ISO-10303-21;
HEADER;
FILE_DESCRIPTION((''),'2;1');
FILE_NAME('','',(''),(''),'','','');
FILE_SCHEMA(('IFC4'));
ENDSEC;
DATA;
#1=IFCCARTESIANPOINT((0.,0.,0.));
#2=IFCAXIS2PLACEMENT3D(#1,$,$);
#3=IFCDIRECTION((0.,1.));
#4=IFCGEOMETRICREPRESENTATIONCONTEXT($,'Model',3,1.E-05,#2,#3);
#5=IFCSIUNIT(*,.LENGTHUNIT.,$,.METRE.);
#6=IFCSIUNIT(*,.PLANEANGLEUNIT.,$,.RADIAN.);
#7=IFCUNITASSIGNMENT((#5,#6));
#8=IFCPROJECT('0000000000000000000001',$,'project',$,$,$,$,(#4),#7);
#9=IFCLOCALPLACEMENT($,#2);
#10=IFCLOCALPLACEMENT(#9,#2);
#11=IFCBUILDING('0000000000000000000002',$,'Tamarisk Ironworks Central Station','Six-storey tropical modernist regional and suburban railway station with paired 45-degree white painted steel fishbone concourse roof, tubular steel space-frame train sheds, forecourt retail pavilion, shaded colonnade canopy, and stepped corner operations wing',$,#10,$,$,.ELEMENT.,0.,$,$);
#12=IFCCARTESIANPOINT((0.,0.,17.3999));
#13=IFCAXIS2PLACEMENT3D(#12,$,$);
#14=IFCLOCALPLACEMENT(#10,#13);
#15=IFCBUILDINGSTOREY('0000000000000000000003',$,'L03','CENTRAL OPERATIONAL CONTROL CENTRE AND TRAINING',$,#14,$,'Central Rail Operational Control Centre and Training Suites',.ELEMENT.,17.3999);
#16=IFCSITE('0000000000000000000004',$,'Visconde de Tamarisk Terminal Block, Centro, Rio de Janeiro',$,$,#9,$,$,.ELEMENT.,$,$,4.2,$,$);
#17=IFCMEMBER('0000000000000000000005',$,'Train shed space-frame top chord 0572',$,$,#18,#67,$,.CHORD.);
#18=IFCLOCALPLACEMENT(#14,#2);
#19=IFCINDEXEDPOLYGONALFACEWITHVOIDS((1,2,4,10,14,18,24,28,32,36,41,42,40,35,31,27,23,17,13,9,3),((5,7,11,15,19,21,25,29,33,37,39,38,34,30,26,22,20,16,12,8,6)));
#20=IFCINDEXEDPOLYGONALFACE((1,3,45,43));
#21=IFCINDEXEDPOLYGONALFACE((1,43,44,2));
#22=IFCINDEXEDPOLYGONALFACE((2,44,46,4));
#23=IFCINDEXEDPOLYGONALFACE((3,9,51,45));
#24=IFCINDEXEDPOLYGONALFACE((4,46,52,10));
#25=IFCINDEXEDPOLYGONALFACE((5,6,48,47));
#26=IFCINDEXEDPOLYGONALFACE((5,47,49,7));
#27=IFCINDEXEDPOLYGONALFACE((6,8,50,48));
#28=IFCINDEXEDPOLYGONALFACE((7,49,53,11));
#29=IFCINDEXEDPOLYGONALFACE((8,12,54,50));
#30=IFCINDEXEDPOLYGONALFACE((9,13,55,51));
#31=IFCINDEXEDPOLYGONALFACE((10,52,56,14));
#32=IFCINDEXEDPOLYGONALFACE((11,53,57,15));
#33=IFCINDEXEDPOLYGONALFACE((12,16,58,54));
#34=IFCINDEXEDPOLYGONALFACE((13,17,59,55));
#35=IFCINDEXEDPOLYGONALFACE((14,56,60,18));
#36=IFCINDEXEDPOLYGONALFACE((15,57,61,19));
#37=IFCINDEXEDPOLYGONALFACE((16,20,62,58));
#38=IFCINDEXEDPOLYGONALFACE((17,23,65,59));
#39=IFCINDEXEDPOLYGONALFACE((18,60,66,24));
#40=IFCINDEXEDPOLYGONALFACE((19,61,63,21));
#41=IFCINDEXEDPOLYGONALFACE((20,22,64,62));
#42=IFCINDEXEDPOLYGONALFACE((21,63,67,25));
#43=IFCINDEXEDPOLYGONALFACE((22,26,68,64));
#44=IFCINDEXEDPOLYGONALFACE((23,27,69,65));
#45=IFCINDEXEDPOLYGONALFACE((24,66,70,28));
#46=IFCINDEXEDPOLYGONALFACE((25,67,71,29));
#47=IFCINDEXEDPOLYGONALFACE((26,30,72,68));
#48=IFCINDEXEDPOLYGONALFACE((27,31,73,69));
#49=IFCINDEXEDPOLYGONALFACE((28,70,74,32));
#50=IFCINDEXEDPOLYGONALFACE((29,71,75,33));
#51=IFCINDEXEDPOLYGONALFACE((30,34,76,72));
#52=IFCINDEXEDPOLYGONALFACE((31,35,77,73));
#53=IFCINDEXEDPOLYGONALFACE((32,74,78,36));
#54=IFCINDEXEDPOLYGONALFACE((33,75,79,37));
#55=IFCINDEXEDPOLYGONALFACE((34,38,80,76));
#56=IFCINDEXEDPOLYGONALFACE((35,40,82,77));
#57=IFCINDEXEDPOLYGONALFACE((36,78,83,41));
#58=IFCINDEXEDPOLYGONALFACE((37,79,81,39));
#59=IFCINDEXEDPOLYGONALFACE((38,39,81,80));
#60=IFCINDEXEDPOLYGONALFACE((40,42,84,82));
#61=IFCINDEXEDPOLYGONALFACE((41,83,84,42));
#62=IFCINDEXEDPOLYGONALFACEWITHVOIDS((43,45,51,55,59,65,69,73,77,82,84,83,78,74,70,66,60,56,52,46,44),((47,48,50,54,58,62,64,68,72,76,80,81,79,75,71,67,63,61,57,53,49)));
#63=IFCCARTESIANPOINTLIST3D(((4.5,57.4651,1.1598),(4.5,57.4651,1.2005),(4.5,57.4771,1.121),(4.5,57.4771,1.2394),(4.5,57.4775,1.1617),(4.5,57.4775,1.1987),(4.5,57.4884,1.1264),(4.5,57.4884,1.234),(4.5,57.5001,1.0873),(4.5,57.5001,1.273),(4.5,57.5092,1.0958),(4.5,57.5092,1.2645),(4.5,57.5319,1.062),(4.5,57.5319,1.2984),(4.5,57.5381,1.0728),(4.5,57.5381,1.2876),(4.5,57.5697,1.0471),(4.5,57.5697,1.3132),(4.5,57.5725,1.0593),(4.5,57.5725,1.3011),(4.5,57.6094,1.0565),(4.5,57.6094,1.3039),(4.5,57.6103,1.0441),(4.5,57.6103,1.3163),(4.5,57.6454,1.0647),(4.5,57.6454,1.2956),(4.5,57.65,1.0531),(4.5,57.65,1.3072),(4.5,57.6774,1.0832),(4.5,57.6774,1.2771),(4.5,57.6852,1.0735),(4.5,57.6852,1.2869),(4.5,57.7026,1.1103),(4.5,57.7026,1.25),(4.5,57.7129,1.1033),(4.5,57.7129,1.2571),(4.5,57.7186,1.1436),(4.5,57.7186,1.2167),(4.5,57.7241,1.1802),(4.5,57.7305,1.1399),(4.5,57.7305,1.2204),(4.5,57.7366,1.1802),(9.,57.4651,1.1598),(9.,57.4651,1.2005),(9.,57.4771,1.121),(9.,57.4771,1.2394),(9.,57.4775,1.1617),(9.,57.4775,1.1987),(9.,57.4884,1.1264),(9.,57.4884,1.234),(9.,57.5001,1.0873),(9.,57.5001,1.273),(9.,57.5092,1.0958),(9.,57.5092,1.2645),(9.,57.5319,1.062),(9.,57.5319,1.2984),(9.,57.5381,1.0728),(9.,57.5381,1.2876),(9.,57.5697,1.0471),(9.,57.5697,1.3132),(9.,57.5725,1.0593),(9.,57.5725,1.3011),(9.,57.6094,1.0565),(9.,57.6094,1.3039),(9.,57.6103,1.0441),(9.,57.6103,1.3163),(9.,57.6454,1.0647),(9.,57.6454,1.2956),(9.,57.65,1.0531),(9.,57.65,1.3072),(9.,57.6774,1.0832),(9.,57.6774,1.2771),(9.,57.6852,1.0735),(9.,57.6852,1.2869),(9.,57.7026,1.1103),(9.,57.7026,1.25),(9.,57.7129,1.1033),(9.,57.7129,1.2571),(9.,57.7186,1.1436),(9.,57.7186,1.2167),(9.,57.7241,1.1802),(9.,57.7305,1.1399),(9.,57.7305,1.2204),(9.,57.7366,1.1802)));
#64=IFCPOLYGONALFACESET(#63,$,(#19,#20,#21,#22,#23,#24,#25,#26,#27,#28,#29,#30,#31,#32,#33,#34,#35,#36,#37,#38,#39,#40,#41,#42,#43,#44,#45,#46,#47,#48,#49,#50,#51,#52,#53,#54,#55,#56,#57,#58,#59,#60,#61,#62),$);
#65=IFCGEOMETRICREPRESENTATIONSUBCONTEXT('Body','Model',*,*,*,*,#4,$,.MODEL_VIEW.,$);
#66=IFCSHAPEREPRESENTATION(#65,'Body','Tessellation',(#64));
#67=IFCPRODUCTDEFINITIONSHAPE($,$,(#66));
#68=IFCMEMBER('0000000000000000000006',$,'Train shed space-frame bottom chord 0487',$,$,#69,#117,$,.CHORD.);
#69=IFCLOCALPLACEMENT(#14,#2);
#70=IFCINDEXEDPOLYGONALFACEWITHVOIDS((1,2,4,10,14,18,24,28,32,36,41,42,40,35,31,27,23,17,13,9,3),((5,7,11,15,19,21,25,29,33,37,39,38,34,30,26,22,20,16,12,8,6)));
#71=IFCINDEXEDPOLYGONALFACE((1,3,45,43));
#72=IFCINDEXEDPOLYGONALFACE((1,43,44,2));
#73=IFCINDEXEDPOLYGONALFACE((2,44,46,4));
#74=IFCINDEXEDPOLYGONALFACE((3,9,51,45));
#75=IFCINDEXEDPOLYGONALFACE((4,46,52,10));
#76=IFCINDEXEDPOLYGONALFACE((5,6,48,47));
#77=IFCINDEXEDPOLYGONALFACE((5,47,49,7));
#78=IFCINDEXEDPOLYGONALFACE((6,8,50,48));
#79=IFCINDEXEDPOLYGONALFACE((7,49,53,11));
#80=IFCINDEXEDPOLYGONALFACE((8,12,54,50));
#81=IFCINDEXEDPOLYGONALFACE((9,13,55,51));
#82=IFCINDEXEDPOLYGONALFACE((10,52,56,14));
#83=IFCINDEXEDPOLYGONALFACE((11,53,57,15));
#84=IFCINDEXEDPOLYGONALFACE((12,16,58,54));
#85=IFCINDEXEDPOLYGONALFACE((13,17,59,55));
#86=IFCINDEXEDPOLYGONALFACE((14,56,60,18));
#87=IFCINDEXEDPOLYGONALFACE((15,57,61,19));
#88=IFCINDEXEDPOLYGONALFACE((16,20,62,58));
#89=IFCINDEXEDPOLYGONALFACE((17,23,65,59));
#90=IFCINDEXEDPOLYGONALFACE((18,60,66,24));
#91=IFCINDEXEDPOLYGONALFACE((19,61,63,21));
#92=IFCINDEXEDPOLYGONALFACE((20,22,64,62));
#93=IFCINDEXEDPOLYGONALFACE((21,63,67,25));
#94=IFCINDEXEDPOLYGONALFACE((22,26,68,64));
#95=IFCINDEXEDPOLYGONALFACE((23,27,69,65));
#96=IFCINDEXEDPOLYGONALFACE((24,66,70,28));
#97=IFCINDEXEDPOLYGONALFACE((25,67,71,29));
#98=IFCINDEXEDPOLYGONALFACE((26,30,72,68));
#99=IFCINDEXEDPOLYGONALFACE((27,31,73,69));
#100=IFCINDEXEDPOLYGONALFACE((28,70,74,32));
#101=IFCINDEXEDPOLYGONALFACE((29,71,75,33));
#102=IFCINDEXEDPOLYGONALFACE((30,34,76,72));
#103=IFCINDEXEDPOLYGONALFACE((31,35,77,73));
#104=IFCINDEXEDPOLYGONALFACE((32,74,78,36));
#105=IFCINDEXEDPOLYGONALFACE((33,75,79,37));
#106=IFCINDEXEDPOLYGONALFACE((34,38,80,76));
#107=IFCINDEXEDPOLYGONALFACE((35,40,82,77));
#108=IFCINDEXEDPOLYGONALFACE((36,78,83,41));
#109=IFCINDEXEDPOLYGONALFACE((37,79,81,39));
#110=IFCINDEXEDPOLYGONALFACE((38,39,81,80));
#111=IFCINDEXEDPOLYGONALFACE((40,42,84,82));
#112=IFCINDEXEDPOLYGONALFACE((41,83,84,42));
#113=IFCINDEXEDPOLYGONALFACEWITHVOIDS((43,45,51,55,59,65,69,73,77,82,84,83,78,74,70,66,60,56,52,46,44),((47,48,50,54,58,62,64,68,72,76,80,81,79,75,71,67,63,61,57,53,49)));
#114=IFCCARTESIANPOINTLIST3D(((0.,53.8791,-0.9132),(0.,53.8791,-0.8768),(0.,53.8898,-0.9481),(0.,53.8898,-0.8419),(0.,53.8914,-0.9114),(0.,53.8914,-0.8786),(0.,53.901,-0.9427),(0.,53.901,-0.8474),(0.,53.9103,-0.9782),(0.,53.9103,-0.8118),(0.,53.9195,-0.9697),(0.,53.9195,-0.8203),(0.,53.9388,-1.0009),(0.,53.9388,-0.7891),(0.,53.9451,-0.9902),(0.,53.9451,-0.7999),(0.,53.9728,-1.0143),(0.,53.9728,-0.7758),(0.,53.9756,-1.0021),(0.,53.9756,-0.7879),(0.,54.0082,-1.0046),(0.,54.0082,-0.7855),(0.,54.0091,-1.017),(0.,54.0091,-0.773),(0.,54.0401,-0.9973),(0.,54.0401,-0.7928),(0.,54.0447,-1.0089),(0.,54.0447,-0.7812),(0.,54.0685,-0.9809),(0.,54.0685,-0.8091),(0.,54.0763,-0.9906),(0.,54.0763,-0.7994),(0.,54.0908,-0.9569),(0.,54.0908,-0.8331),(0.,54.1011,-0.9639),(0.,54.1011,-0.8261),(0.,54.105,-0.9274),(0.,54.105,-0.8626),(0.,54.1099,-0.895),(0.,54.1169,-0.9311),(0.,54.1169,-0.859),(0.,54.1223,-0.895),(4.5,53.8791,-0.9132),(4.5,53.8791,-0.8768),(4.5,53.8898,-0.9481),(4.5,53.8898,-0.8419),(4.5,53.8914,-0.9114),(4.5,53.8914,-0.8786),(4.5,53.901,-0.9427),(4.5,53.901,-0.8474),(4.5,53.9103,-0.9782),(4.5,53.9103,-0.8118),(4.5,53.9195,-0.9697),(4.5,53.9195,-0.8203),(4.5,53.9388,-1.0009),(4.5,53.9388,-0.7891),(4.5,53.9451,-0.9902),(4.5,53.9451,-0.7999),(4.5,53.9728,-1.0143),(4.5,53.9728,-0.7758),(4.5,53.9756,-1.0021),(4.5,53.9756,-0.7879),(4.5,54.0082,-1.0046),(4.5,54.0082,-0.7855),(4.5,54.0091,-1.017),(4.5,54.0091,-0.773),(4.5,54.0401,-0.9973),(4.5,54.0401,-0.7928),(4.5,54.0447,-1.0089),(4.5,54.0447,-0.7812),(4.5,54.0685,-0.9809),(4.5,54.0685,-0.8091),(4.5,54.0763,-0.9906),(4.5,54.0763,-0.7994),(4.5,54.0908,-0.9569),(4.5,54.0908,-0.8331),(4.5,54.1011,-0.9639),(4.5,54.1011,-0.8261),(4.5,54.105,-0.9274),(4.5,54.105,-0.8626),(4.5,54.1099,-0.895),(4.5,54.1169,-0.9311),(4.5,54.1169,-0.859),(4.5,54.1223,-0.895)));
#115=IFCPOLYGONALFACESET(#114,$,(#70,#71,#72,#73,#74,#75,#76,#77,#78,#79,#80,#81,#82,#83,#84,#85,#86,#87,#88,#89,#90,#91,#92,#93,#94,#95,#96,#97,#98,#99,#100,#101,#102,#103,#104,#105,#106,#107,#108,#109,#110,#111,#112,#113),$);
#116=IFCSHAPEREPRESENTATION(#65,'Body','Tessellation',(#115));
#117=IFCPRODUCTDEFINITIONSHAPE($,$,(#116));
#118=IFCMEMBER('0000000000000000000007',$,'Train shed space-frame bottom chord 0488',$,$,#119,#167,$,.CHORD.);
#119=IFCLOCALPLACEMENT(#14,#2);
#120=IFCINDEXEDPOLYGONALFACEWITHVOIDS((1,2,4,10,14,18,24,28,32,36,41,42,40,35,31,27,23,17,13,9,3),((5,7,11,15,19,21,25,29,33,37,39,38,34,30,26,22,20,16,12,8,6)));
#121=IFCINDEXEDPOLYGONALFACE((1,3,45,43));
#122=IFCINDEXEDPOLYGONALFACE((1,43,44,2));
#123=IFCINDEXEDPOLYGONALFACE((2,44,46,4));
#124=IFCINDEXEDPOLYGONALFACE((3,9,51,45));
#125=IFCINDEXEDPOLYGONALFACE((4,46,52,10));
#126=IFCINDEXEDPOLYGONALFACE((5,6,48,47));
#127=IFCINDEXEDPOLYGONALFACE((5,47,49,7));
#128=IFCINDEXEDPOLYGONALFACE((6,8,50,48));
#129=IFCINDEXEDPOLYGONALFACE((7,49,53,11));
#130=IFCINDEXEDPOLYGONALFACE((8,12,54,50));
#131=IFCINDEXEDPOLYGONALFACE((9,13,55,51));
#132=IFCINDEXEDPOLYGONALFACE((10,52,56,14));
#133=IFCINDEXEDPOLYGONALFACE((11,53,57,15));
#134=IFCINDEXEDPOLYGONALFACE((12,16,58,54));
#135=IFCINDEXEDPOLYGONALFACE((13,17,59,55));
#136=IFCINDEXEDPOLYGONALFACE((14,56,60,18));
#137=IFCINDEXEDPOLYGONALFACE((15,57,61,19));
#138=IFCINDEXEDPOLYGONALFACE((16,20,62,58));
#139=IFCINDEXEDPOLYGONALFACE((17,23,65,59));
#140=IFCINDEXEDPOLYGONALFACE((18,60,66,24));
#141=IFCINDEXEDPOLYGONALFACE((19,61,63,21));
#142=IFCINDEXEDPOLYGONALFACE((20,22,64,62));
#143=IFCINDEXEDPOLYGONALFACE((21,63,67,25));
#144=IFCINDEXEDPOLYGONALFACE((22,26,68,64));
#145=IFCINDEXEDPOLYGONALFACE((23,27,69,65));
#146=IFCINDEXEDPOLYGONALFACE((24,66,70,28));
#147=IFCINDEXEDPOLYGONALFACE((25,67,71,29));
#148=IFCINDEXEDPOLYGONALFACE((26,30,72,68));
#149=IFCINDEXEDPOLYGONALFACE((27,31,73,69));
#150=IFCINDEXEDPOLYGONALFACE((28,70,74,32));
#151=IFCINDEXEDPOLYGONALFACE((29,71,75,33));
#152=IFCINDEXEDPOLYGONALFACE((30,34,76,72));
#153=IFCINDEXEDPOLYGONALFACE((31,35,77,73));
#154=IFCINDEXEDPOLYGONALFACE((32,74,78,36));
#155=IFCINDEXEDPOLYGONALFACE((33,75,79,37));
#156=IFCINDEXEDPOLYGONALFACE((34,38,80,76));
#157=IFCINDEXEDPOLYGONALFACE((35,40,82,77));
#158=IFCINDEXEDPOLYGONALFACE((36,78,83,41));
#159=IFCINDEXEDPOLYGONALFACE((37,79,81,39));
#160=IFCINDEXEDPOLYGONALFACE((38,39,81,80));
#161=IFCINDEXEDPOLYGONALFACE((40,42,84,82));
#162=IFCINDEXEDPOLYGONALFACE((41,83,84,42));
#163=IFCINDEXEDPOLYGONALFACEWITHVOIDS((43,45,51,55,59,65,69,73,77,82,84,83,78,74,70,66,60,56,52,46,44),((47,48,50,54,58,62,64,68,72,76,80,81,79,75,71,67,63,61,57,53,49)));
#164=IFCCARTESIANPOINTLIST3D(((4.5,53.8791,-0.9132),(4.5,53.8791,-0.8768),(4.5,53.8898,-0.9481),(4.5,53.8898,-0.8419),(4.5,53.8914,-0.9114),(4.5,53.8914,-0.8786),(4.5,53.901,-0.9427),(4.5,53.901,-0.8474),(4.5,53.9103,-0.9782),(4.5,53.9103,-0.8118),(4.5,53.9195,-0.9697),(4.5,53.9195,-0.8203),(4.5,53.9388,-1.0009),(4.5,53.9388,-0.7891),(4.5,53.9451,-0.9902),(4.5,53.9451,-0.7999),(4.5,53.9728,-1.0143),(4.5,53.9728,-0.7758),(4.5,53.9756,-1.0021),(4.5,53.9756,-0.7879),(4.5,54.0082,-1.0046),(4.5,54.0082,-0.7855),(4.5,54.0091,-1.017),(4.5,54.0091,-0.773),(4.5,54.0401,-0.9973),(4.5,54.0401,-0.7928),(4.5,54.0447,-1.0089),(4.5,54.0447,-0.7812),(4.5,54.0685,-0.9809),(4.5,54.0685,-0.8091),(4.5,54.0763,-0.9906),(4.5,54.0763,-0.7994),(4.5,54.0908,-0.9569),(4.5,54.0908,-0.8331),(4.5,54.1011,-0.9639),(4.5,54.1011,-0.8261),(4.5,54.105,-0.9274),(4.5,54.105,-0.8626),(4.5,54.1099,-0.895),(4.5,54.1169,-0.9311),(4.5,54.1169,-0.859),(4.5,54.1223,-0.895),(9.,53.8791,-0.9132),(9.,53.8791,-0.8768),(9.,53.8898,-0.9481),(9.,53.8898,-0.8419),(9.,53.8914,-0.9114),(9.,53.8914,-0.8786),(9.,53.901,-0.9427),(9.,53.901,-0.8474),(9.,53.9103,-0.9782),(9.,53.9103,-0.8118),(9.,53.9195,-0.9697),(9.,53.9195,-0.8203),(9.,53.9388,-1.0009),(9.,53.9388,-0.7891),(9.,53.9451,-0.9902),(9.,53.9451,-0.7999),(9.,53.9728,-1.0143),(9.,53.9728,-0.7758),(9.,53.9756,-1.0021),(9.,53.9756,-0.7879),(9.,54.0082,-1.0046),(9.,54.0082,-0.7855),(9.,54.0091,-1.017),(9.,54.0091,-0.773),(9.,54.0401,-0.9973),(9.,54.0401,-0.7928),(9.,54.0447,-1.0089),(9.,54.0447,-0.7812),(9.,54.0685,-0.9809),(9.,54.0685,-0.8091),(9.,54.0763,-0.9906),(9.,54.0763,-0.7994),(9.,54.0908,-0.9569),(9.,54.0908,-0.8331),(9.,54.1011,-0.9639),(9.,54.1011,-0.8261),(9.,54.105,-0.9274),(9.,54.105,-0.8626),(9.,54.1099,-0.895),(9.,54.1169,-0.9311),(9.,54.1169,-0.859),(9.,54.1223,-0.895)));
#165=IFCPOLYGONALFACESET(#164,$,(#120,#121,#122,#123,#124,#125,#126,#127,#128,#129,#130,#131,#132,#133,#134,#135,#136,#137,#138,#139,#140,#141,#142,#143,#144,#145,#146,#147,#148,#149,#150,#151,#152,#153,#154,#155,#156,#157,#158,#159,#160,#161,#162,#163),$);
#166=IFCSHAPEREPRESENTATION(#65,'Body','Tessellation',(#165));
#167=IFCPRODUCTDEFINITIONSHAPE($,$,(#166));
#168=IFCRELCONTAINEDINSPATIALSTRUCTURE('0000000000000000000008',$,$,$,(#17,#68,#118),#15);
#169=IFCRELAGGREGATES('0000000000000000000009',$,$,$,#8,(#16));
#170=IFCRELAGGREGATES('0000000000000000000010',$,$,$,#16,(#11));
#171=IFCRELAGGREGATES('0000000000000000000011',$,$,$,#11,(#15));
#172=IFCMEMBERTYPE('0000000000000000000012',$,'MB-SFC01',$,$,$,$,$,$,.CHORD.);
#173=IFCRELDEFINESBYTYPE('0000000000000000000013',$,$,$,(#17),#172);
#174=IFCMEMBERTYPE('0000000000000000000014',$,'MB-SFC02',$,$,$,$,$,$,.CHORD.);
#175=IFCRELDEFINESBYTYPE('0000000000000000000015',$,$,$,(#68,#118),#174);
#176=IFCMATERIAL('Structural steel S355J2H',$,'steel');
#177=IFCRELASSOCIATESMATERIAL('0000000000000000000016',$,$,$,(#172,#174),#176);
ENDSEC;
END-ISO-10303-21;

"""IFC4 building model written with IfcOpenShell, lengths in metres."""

from ifc_helpers import new_model, si_unit, direction, frame, origin, origin_2d, place, context, subcontext, project, spatial, hollow_circle, extrude, material, material_profile, profile_set, type_object, element, save


model = new_model("IFC4")

# Units and contexts
model_context = context("Model", 3, precision=1e-05, world=origin(), true_north=direction((0.0, 1.0)))
body_context = subcontext(model_context, "Body", "Model", "MODEL_VIEW")
ifc_project = project(units=[si_unit("LENGTHUNIT", "METRE"), si_unit("PLANEANGLEUNIT", "RADIAN")], contexts=[model_context])

# Site, building, storey
site_placement = place(None, origin())
site = spatial("IfcSite", under=ifc_project, at=site_placement, Name="Visconde de Tamarisk Terminal Block, Centro, Rio de Janeiro", CompositionType="ELEMENT", RefElevation=4.2)
building_placement = place(site_placement, origin())
building = spatial("IfcBuilding", under=site, at=building_placement, Name="Tamarisk Ironworks Central Station", Description="Six-storey tropical modernist regional and suburban railway station with paired 45-degree white painted steel fishbone concourse roof, tubular steel space-frame train sheds, forecourt retail pavilion, shaded colonnade canopy, and stepped corner operations wing", CompositionType="ELEMENT", ElevationOfRefHeight=0.0)
storey_placement = place(building_placement, frame((0.0, 0.0, 17.3999)))
storey = spatial("IfcBuildingStorey", under=building, at=storey_placement, Name="L03", Description="CENTRAL OPERATIONAL CONTROL CENTRE AND TRAINING", LongName="Central Rail Operational Control Centre and Training Suites", CompositionType="ELEMENT", Elevation=17.3999)

# Members
ifc_material_1 = material(Name="Structural steel S355J2H", Category="steel")
ifc_material_profile_1 = material_profile(ifc_material_1, hollow_circle(Radius=0.1365, WallThickness=0.0125, at=origin_2d()), Name="CHS 273x12.5")
ifc_profile_set_1 = profile_set([ifc_material_profile_1], Name="Structural steel S355J2H")
member_type_1 = type_object("IfcMemberType", Name="MB-SFC01", PredefinedType="CHORD", material=ifc_profile_set_1)
for number, where, z_axis, x_axis, name in (
    (1, (4.5, 57.6001, 1.1802), (1.0, 0.0, 0.0), (0.0, 1.0, 0.0), "Train shed space-frame top chord 0572"),
):
    element("IfcMember", number, at=place(storey_placement, frame(where, z_axis=z_axis, x_axis=x_axis)), inside=storey, type_object=member_type_1, Name=name, PredefinedType="CHORD", context=body_context, shape_type="SweptSolid", body=[
        extrude(hollow_circle(Radius=0.1365, WallThickness=0.0125, at=origin_2d()), origin(), (0.0, 0.0, 1.0), 4.5),
    ])
ifc_material_profile_2 = material_profile(ifc_material_1, hollow_circle(Radius=0.1223, WallThickness=0.0125, at=origin_2d()), Name="CHS 244.5x12.5")
ifc_profile_set_2 = profile_set([ifc_material_profile_2], Name="Structural steel S355J2H")
member_type_2 = type_object("IfcMemberType", Name="MB-SFC02", PredefinedType="CHORD", material=ifc_profile_set_2)
for number, where, z_axis, x_axis, name in (
    (2, (0.0, 54.0, -0.895), (1.0, 0.0, 0.0), (0.0, 1.0, 0.0), "Train shed space-frame bottom chord 0487"),
    (3, (4.5, 54.0, -0.895), (1.0, 0.0, 0.0), (0.0, 1.0, 0.0), "Train shed space-frame bottom chord 0488"),
):
    element("IfcMember", number, at=place(storey_placement, frame(where, z_axis=z_axis, x_axis=x_axis)), inside=storey, type_object=member_type_2, Name=name, PredefinedType="CHORD", context=body_context, shape_type="SweptSolid", body=[
        extrude(hollow_circle(Radius=0.1223, WallThickness=0.0125, at=origin_2d()), origin(), (0.0, 0.0, 1.0), 4.5),
    ])

save(model, "model.ifc")
